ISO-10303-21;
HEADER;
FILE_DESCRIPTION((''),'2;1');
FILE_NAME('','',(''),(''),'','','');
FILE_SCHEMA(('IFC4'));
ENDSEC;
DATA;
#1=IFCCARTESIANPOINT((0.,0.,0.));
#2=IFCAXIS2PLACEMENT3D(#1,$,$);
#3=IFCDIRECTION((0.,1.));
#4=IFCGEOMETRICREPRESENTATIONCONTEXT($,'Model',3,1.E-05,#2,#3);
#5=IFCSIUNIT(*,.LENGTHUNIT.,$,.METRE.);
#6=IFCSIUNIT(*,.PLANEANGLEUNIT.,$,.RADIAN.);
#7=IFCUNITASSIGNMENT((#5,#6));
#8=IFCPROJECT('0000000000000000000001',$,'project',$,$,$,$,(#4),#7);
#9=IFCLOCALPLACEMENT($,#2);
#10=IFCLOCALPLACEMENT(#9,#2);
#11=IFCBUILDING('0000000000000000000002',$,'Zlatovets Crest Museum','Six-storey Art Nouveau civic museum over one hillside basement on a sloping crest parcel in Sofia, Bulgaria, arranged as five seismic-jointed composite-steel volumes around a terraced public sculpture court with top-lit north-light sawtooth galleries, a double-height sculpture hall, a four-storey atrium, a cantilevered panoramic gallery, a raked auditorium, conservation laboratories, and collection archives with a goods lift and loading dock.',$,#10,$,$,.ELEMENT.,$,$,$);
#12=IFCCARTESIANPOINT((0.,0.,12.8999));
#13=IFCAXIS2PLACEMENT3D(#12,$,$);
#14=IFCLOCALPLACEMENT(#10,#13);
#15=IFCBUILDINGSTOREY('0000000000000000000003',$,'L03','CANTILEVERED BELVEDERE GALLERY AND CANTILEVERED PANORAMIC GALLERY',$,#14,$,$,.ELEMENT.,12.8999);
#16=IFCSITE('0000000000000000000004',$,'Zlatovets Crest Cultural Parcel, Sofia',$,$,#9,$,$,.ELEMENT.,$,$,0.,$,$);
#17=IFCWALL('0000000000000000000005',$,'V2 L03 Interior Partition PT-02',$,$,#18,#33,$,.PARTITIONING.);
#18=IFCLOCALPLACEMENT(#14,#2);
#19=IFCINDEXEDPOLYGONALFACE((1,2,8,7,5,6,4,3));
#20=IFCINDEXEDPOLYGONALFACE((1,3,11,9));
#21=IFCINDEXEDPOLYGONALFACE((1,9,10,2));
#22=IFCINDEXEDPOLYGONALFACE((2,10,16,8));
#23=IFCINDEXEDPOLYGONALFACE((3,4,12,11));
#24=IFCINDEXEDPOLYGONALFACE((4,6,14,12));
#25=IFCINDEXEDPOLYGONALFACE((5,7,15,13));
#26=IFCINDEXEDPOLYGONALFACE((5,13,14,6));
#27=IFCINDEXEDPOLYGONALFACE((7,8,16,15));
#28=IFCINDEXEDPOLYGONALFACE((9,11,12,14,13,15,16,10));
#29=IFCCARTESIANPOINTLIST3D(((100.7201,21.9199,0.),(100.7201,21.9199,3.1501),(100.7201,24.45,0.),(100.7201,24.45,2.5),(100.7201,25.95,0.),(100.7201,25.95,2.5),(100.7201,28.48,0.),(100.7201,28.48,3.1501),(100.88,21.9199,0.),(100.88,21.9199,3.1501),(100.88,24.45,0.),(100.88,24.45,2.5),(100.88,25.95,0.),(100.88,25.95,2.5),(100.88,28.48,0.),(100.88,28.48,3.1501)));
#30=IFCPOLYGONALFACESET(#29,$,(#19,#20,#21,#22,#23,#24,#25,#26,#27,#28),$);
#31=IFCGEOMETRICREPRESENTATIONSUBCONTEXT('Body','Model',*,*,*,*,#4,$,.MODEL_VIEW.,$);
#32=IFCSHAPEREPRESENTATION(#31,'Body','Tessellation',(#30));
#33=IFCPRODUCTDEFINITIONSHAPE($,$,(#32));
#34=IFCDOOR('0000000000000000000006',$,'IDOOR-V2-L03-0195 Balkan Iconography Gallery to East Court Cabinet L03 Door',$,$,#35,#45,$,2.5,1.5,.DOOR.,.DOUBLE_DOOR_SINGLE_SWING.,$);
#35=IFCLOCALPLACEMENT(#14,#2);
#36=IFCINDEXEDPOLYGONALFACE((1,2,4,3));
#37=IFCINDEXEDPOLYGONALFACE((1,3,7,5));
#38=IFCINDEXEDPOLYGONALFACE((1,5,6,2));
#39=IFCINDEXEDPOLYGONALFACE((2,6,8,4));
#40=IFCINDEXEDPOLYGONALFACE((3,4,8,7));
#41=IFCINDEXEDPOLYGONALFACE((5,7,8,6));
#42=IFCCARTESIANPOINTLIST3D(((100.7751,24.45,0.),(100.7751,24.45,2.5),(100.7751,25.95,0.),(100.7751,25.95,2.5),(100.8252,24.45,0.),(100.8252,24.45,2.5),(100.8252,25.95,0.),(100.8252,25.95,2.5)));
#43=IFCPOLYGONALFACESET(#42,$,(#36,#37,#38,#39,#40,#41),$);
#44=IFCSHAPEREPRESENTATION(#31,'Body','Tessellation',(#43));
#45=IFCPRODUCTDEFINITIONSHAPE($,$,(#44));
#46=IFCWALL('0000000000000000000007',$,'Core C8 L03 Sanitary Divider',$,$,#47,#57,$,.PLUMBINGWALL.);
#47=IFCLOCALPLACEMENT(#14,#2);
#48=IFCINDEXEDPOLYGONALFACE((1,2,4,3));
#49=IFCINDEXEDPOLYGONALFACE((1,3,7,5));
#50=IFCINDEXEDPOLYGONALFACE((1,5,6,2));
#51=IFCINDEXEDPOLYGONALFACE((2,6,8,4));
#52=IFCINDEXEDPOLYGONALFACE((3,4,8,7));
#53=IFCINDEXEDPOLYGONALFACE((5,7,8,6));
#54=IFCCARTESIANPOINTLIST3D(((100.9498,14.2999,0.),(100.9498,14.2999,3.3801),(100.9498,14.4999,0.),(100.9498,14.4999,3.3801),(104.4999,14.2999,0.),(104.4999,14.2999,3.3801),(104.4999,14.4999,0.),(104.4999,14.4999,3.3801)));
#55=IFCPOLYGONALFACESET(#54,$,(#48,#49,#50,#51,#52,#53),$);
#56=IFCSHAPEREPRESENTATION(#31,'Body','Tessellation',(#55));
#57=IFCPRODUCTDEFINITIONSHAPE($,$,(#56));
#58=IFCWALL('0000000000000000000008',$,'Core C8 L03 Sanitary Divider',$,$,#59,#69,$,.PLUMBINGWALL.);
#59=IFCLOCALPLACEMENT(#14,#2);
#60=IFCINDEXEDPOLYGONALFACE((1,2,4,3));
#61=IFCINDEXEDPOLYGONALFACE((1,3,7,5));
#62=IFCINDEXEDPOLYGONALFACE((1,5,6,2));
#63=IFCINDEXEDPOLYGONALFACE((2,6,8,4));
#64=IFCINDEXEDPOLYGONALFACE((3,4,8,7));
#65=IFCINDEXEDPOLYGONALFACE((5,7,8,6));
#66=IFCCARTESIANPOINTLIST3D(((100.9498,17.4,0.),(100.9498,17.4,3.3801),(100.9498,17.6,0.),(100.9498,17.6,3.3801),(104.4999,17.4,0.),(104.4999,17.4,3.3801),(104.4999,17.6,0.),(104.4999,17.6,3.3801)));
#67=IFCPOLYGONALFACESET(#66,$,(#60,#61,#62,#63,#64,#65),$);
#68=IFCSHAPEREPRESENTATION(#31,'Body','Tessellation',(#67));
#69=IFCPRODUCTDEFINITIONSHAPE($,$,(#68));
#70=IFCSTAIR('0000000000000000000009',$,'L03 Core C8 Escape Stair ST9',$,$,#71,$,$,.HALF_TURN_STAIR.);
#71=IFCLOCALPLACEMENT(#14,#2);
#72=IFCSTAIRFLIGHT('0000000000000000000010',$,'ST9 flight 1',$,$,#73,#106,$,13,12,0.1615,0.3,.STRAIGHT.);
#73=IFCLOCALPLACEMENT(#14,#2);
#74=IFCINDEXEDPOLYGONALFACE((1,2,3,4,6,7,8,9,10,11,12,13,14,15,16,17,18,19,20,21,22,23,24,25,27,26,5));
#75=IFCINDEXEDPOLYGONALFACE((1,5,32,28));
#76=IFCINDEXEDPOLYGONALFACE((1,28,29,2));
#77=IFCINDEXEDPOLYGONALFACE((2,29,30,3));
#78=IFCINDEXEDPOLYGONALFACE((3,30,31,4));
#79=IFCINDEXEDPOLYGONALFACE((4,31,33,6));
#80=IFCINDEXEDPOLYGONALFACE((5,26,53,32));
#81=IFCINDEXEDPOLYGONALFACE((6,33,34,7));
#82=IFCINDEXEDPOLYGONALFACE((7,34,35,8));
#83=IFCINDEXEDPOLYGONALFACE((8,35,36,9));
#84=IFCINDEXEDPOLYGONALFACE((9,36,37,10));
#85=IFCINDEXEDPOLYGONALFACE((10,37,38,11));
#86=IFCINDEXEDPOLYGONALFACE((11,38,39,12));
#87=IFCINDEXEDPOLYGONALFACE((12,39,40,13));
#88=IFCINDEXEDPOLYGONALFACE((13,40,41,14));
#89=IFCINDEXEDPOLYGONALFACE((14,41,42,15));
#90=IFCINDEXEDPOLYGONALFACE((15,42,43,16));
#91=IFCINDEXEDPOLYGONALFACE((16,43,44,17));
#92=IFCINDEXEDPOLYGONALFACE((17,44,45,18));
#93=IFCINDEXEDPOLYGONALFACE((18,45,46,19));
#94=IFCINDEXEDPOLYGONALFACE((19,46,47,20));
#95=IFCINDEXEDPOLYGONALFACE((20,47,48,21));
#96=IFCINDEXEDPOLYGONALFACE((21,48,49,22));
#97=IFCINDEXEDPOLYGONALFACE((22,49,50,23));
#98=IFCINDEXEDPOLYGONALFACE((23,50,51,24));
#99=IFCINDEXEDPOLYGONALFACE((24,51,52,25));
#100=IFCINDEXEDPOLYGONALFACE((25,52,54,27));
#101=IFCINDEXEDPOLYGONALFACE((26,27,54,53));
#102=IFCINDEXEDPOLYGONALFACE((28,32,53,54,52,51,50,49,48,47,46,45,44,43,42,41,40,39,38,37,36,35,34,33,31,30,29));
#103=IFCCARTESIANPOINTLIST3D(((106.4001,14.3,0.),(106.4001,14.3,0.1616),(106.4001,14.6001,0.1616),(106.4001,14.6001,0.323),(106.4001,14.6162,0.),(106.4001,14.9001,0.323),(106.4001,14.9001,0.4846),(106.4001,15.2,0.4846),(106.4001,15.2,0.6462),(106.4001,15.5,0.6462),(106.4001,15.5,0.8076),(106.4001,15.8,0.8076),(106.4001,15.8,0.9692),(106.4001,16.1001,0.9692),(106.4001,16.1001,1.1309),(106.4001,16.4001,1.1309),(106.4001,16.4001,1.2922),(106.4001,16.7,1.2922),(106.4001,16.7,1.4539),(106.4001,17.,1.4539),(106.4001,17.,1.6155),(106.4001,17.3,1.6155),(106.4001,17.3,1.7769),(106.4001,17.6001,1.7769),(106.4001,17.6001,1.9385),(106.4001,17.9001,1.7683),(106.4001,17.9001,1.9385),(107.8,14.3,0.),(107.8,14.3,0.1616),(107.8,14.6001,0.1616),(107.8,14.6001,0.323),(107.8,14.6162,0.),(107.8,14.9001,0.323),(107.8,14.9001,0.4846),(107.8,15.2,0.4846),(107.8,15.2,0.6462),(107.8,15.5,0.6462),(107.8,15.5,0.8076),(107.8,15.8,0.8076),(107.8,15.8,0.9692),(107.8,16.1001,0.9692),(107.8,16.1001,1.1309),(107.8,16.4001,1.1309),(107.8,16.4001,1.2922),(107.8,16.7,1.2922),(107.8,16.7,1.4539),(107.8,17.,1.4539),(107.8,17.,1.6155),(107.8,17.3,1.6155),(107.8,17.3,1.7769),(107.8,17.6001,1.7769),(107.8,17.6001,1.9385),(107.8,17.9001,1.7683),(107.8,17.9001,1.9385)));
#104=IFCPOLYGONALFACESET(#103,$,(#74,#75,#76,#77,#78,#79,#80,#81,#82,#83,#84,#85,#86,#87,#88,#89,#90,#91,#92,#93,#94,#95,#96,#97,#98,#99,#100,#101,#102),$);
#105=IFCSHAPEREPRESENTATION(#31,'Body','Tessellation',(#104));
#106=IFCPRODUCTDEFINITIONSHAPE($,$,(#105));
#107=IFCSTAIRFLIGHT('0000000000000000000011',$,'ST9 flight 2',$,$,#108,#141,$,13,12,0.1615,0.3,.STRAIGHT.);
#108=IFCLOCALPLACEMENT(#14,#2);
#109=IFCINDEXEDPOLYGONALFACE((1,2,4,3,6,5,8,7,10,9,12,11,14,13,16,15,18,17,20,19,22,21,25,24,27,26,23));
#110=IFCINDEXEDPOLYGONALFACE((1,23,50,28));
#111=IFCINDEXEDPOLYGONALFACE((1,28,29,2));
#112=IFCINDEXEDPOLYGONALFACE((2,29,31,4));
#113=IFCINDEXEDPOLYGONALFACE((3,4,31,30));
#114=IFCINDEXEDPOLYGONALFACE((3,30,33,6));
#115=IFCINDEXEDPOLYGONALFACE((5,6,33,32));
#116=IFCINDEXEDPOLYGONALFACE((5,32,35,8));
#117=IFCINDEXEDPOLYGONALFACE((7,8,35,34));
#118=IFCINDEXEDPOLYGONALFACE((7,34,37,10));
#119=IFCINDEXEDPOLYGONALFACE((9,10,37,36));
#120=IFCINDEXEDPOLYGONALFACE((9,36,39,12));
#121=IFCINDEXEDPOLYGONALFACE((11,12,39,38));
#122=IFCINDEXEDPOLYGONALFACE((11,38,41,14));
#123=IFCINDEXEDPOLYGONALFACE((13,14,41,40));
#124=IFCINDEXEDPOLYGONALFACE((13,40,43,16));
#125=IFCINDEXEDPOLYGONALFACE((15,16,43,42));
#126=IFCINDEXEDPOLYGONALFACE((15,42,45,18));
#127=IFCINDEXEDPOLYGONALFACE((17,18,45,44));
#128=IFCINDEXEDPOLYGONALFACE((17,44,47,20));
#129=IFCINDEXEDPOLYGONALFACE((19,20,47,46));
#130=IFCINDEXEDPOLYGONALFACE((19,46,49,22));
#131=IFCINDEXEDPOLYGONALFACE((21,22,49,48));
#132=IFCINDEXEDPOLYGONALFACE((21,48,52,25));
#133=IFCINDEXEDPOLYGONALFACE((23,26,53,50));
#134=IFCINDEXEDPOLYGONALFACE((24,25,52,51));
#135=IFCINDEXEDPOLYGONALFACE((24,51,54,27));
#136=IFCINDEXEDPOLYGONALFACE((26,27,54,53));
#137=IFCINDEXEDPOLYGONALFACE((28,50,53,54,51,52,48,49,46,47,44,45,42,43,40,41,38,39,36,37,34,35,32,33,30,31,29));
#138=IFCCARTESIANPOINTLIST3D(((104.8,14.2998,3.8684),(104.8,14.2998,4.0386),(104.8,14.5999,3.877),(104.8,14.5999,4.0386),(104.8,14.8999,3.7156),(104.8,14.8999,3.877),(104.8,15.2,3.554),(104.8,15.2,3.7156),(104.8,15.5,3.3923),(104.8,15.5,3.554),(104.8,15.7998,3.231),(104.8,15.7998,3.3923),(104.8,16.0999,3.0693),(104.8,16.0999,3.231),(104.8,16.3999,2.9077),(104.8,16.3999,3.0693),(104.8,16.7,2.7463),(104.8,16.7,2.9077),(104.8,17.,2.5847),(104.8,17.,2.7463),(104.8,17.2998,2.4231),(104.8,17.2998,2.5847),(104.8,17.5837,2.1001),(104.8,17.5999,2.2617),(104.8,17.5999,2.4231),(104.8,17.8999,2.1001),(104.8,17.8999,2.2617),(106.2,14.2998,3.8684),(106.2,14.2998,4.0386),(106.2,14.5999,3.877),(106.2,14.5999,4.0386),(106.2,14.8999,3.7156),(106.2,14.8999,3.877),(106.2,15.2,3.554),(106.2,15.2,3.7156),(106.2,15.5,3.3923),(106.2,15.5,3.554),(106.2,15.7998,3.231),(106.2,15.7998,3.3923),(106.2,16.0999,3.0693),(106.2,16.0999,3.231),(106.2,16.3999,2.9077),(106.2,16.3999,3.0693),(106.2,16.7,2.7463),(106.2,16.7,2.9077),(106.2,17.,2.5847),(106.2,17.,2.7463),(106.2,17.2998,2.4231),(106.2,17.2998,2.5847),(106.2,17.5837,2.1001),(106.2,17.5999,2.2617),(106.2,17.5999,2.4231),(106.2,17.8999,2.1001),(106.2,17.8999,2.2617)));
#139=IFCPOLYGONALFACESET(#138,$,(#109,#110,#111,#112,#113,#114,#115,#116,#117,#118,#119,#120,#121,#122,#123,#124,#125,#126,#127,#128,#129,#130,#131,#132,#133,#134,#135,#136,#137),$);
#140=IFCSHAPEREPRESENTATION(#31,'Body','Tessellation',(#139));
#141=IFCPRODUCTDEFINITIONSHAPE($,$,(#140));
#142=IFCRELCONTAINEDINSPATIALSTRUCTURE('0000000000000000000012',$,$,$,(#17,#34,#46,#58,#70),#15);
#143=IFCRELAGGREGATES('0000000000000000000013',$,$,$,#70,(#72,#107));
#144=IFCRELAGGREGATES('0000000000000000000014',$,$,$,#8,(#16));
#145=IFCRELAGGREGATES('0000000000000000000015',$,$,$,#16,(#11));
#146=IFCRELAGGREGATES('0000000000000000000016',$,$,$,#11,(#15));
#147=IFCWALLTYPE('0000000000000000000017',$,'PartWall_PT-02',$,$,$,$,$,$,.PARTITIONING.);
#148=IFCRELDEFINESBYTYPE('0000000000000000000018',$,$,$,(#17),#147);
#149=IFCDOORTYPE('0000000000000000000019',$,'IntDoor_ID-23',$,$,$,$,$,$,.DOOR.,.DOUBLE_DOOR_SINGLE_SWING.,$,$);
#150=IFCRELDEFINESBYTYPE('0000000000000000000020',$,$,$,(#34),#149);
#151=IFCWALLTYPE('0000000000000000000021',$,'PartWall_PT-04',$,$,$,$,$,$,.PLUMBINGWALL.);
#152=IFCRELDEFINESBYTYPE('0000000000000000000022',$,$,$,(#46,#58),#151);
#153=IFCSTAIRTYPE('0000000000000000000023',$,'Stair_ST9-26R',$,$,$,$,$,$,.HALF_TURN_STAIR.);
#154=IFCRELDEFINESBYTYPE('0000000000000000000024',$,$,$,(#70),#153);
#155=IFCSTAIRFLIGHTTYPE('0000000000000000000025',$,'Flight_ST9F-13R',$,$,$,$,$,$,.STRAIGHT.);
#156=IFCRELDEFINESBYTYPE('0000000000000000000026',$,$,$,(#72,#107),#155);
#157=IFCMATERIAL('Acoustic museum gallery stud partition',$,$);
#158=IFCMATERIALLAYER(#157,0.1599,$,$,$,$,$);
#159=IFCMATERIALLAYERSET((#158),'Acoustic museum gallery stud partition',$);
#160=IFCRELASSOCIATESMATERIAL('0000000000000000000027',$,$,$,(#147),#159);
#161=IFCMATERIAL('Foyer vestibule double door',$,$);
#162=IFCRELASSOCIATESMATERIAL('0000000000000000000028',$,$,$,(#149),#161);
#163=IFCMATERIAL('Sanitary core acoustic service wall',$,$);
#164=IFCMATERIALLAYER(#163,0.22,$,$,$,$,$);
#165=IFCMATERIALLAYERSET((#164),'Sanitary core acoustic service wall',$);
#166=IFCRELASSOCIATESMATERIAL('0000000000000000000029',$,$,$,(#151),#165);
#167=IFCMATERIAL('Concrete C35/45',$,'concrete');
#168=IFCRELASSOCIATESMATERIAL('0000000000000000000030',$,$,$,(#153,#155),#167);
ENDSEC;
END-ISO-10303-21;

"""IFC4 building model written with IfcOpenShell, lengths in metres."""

from ifc_helpers import new_model, si_unit, direction, frame, frame_2d, origin, place, context, subcontext, project, spatial, polyline, rectangle, outline, extrude, material, layer, layer_set, type_object, element, fill, aggregate, save


model = new_model("IFC4")

# Units and contexts
model_context = context("Model", 3, precision=1e-05, world=origin(), true_north=direction((0.0, 1.0)))
body_context = subcontext(model_context, "Body", "Model", "MODEL_VIEW")
ifc_project = project(units=[si_unit("LENGTHUNIT", "METRE"), si_unit("PLANEANGLEUNIT", "RADIAN")], contexts=[model_context])

# Site, building, storey
site_placement = place(None, origin())
site = spatial("IfcSite", under=ifc_project, at=site_placement, Name="Zlatovets Crest Cultural Parcel, Sofia", CompositionType="ELEMENT", RefElevation=0.0)
building_placement = place(site_placement, origin())
building = spatial("IfcBuilding", under=site, at=building_placement, Name="Zlatovets Crest Museum", Description="Six-storey Art Nouveau civic museum over one hillside basement on a sloping crest parcel in Sofia, Bulgaria, arranged as five seismic-jointed composite-steel volumes around a terraced public sculpture court with top-lit north-light sawtooth galleries, a double-height sculpture hall, a four-storey atrium, a cantilevered panoramic gallery, a raked auditorium, conservation laboratories, and collection archives with a goods lift and loading dock.", CompositionType="ELEMENT")
storey_placement = place(building_placement, frame((0.0, 0.0, 12.8999)))
storey = spatial("IfcBuildingStorey", under=building, at=storey_placement, Name="L03", Description="CANTILEVERED BELVEDERE GALLERY AND CANTILEVERED PANORAMIC GALLERY", CompositionType="ELEMENT", Elevation=12.8999)

# Wall, opening, door
ifc_material_1 = material(Name="Acoustic museum gallery stud partition")
ifc_layer_1 = layer(ifc_material_1, 0.1599)
ifc_layer_set_1 = layer_set([ifc_layer_1], Name="Acoustic museum gallery stud partition")
wall_type_1 = type_object("IfcWallType", Name="PartWall_PT-02", PredefinedType="PARTITIONING", material=ifc_layer_set_1)
wall_1_placement = place(storey_placement, frame((100.8, 21.9199, 0.0), z_axis=(0.0, 0.0, 1.0), x_axis=(0.0, 1.0, 0.0)))
wall_1 = element("IfcWall", 1, at=wall_1_placement, inside=storey, type_object=wall_type_1, Name="V2 L03 Interior Partition PT-02", PredefinedType="PARTITIONING", context=body_context, shape_type="SweptSolid", body=[
    extrude(rectangle(XDim=6.5601, YDim=0.1599, at=frame_2d((3.28, 0.0))), origin(), (0.0, 0.0, 1.0), 3.1501),
])
opening_placement = place(wall_1_placement, frame((2.53, 0.0, 0.0)))
opening = element("IfcOpeningElement", 2, at=opening_placement, cuts=wall_1, PredefinedType="OPENING", context=body_context, shape_type="SweptSolid", body=[
    extrude(rectangle(XDim=1.5, YDim=2.5, at=frame_2d((0.75, 1.25))), frame((0.0, 0.0898, 0.0), z_axis=(0.0, -1.0, 0.0), x_axis=(1.0, 0.0, 0.0)), (0.0, 0.0, 1.0), 0.1799),
])
ifc_material_2 = material(Name="Foyer vestibule double door")
door_type = type_object("IfcDoorType", Name="IntDoor_ID-23", OperationType="DOUBLE_DOOR_SINGLE_SWING", PredefinedType="DOOR", material=ifc_material_2)
door_placement = place(opening_placement, origin())
door = element("IfcDoor", 3, at=door_placement, inside=storey, type_object=door_type, Name="IDOOR-V2-L03-0195 Balkan Iconography Gallery to East Court Cabinet L03 Door", OperationType="DOUBLE_DOOR_SINGLE_SWING", OverallHeight=2.5, OverallWidth=1.5, PredefinedType="DOOR", context=body_context, shape_type="SweptSolid", body=[
    extrude(rectangle(XDim=1.5, YDim=2.5, at=frame_2d((0.75, 1.25))), frame((0.0, 0.0249, 0.0), z_axis=(0.0, -1.0, 0.0), x_axis=(1.0, 0.0, 0.0)), (0.0, 0.0, 1.0), 0.05),
])
fill(opening, door)

# Walls
ifc_material_3 = material(Name="Sanitary core acoustic service wall")
ifc_layer_2 = layer(ifc_material_3, 0.22)
ifc_layer_set_2 = layer_set([ifc_layer_2], Name="Sanitary core acoustic service wall")
wall_type_2 = type_object("IfcWallType", Name="PartWall_PT-04", PredefinedType="PLUMBINGWALL", material=ifc_layer_set_2)
for number, where, z_axis, x_axis, name in (
    (4, (100.95, 14.3999, 0.0), (0.0, 0.0, 1.0), (1.0, 0.0, 0.0), "Core C8 L03 Sanitary Divider"),
    (5, (100.95, 17.5, 0.0), (0.0, 0.0, 1.0), (1.0, 0.0, 0.0), "Core C8 L03 Sanitary Divider"),
):
    element("IfcWall", number, at=place(storey_placement, frame(where, z_axis=z_axis, x_axis=x_axis)), inside=storey, type_object=wall_type_2, Name=name, PredefinedType="PLUMBINGWALL", context=body_context, shape_type="SweptSolid", body=[
        extrude(rectangle(XDim=3.55, YDim=0.2, at=frame_2d((1.7749, 0.0))), origin(), (0.0, 0.0, 1.0), 3.3801),
    ])

# Stair, stair flights
ifc_material_4 = material(Name="Concrete C35/45", Category="concrete")
stair_type = type_object("IfcStairType", Name="Stair_ST9-26R", PredefinedType="HALF_TURN_STAIR", material=ifc_material_4)
stair_placement = place(storey_placement, origin())
stair = element("IfcStair", 6, at=stair_placement, inside=storey, type_object=stair_type, Name="L03 Core C8 Escape Stair ST9", PredefinedType="HALF_TURN_STAIR")
stair_flight_type = type_object("IfcStairFlightType", Name="Flight_ST9F-13R", PredefinedType="STRAIGHT", material=ifc_material_4)
stair_flight_1_placement = place(storey_placement, frame((107.1001, 14.3, 0.0), z_axis=(0.0, 0.0, 1.0), x_axis=(0.0, 1.0, 0.0)))
stair_flight_1 = element("IfcStairFlight", 7, at=stair_flight_1_placement, type_object=stair_flight_type, Name="ST9 flight 1", NumberOfRisers=13, NumberOfTreads=12, PredefinedType="STRAIGHT", RiserHeight=0.1615, TreadLength=0.3, context=body_context, shape_type="SweptSolid", body=[
    extrude(outline(polyline([(0.0, 0.0), (0.0, 0.1616), (0.3, 0.1616), (0.3, 0.323), (0.6001, 0.323), (0.6001, 0.4846), (0.8999, 0.4846), (0.8999, 0.6462), (1.2, 0.6462), (1.2, 0.8076), (1.5, 0.8076), (1.5, 0.9692), (1.8, 0.9692), (1.8, 1.1309), (2.1001, 1.1309), (2.1001, 1.2922), (2.3999, 1.2922), (2.3999, 1.4539), (2.7, 1.4539), (2.7, 1.6155), (3.0, 1.6155), (3.0, 1.7769), (3.3, 1.7769), (3.3, 1.9385), (3.6001, 1.9385), (3.6001, 2.1001), (3.6001, 1.7683), (0.3162, 0.0), (0.0, 0.0)])), frame((0.0, 0.7, 0.0), z_axis=(0.0, -1.0, 0.0), x_axis=(1.0, 0.0, 0.0)), (0.0, 0.0, 1.0), 1.3999),
])
stair_flight_2_placement = place(storey_placement, frame((105.5, 17.8999, 2.1001), z_axis=(0.0, 0.0, 1.0), x_axis=(0.0, -1.0, 0.0)))
stair_flight_2 = element("IfcStairFlight", 8, at=stair_flight_2_placement, type_object=stair_flight_type, Name="ST9 flight 2", NumberOfRisers=13, NumberOfTreads=12, PredefinedType="STRAIGHT", RiserHeight=0.1615, TreadLength=0.3, context=body_context, shape_type="SweptSolid", body=[
    extrude(outline(polyline([(0.0, 0.0), (0.0, 0.1616), (0.3, 0.1616), (0.3, 0.323), (0.6001, 0.323), (0.6001, 0.4846), (0.8999, 0.4846), (0.8999, 0.6462), (1.2, 0.6462), (1.2, 0.8076), (1.5, 0.8076), (1.5, 0.9692), (1.8, 0.9692), (1.8, 1.1309), (2.1001, 1.1309), (2.1001, 1.2922), (2.3999, 1.2922), (2.3999, 1.4539), (2.7, 1.4539), (2.7, 1.6155), (3.0, 1.6155), (3.0, 1.7769), (3.3, 1.7769), (3.3, 1.9385), (3.6001, 1.9385), (3.6001, 2.1001), (3.6001, 1.7683), (0.3162, 0.0), (0.0, 0.0)])), frame((0.0, 0.7, 0.0), z_axis=(0.0, -1.0, 0.0), x_axis=(1.0, 0.0, 0.0)), (0.0, 0.0, 1.0), 1.3999),
])
aggregate(stair, [stair_flight_1, stair_flight_2])

save(model, "model.ifc")
